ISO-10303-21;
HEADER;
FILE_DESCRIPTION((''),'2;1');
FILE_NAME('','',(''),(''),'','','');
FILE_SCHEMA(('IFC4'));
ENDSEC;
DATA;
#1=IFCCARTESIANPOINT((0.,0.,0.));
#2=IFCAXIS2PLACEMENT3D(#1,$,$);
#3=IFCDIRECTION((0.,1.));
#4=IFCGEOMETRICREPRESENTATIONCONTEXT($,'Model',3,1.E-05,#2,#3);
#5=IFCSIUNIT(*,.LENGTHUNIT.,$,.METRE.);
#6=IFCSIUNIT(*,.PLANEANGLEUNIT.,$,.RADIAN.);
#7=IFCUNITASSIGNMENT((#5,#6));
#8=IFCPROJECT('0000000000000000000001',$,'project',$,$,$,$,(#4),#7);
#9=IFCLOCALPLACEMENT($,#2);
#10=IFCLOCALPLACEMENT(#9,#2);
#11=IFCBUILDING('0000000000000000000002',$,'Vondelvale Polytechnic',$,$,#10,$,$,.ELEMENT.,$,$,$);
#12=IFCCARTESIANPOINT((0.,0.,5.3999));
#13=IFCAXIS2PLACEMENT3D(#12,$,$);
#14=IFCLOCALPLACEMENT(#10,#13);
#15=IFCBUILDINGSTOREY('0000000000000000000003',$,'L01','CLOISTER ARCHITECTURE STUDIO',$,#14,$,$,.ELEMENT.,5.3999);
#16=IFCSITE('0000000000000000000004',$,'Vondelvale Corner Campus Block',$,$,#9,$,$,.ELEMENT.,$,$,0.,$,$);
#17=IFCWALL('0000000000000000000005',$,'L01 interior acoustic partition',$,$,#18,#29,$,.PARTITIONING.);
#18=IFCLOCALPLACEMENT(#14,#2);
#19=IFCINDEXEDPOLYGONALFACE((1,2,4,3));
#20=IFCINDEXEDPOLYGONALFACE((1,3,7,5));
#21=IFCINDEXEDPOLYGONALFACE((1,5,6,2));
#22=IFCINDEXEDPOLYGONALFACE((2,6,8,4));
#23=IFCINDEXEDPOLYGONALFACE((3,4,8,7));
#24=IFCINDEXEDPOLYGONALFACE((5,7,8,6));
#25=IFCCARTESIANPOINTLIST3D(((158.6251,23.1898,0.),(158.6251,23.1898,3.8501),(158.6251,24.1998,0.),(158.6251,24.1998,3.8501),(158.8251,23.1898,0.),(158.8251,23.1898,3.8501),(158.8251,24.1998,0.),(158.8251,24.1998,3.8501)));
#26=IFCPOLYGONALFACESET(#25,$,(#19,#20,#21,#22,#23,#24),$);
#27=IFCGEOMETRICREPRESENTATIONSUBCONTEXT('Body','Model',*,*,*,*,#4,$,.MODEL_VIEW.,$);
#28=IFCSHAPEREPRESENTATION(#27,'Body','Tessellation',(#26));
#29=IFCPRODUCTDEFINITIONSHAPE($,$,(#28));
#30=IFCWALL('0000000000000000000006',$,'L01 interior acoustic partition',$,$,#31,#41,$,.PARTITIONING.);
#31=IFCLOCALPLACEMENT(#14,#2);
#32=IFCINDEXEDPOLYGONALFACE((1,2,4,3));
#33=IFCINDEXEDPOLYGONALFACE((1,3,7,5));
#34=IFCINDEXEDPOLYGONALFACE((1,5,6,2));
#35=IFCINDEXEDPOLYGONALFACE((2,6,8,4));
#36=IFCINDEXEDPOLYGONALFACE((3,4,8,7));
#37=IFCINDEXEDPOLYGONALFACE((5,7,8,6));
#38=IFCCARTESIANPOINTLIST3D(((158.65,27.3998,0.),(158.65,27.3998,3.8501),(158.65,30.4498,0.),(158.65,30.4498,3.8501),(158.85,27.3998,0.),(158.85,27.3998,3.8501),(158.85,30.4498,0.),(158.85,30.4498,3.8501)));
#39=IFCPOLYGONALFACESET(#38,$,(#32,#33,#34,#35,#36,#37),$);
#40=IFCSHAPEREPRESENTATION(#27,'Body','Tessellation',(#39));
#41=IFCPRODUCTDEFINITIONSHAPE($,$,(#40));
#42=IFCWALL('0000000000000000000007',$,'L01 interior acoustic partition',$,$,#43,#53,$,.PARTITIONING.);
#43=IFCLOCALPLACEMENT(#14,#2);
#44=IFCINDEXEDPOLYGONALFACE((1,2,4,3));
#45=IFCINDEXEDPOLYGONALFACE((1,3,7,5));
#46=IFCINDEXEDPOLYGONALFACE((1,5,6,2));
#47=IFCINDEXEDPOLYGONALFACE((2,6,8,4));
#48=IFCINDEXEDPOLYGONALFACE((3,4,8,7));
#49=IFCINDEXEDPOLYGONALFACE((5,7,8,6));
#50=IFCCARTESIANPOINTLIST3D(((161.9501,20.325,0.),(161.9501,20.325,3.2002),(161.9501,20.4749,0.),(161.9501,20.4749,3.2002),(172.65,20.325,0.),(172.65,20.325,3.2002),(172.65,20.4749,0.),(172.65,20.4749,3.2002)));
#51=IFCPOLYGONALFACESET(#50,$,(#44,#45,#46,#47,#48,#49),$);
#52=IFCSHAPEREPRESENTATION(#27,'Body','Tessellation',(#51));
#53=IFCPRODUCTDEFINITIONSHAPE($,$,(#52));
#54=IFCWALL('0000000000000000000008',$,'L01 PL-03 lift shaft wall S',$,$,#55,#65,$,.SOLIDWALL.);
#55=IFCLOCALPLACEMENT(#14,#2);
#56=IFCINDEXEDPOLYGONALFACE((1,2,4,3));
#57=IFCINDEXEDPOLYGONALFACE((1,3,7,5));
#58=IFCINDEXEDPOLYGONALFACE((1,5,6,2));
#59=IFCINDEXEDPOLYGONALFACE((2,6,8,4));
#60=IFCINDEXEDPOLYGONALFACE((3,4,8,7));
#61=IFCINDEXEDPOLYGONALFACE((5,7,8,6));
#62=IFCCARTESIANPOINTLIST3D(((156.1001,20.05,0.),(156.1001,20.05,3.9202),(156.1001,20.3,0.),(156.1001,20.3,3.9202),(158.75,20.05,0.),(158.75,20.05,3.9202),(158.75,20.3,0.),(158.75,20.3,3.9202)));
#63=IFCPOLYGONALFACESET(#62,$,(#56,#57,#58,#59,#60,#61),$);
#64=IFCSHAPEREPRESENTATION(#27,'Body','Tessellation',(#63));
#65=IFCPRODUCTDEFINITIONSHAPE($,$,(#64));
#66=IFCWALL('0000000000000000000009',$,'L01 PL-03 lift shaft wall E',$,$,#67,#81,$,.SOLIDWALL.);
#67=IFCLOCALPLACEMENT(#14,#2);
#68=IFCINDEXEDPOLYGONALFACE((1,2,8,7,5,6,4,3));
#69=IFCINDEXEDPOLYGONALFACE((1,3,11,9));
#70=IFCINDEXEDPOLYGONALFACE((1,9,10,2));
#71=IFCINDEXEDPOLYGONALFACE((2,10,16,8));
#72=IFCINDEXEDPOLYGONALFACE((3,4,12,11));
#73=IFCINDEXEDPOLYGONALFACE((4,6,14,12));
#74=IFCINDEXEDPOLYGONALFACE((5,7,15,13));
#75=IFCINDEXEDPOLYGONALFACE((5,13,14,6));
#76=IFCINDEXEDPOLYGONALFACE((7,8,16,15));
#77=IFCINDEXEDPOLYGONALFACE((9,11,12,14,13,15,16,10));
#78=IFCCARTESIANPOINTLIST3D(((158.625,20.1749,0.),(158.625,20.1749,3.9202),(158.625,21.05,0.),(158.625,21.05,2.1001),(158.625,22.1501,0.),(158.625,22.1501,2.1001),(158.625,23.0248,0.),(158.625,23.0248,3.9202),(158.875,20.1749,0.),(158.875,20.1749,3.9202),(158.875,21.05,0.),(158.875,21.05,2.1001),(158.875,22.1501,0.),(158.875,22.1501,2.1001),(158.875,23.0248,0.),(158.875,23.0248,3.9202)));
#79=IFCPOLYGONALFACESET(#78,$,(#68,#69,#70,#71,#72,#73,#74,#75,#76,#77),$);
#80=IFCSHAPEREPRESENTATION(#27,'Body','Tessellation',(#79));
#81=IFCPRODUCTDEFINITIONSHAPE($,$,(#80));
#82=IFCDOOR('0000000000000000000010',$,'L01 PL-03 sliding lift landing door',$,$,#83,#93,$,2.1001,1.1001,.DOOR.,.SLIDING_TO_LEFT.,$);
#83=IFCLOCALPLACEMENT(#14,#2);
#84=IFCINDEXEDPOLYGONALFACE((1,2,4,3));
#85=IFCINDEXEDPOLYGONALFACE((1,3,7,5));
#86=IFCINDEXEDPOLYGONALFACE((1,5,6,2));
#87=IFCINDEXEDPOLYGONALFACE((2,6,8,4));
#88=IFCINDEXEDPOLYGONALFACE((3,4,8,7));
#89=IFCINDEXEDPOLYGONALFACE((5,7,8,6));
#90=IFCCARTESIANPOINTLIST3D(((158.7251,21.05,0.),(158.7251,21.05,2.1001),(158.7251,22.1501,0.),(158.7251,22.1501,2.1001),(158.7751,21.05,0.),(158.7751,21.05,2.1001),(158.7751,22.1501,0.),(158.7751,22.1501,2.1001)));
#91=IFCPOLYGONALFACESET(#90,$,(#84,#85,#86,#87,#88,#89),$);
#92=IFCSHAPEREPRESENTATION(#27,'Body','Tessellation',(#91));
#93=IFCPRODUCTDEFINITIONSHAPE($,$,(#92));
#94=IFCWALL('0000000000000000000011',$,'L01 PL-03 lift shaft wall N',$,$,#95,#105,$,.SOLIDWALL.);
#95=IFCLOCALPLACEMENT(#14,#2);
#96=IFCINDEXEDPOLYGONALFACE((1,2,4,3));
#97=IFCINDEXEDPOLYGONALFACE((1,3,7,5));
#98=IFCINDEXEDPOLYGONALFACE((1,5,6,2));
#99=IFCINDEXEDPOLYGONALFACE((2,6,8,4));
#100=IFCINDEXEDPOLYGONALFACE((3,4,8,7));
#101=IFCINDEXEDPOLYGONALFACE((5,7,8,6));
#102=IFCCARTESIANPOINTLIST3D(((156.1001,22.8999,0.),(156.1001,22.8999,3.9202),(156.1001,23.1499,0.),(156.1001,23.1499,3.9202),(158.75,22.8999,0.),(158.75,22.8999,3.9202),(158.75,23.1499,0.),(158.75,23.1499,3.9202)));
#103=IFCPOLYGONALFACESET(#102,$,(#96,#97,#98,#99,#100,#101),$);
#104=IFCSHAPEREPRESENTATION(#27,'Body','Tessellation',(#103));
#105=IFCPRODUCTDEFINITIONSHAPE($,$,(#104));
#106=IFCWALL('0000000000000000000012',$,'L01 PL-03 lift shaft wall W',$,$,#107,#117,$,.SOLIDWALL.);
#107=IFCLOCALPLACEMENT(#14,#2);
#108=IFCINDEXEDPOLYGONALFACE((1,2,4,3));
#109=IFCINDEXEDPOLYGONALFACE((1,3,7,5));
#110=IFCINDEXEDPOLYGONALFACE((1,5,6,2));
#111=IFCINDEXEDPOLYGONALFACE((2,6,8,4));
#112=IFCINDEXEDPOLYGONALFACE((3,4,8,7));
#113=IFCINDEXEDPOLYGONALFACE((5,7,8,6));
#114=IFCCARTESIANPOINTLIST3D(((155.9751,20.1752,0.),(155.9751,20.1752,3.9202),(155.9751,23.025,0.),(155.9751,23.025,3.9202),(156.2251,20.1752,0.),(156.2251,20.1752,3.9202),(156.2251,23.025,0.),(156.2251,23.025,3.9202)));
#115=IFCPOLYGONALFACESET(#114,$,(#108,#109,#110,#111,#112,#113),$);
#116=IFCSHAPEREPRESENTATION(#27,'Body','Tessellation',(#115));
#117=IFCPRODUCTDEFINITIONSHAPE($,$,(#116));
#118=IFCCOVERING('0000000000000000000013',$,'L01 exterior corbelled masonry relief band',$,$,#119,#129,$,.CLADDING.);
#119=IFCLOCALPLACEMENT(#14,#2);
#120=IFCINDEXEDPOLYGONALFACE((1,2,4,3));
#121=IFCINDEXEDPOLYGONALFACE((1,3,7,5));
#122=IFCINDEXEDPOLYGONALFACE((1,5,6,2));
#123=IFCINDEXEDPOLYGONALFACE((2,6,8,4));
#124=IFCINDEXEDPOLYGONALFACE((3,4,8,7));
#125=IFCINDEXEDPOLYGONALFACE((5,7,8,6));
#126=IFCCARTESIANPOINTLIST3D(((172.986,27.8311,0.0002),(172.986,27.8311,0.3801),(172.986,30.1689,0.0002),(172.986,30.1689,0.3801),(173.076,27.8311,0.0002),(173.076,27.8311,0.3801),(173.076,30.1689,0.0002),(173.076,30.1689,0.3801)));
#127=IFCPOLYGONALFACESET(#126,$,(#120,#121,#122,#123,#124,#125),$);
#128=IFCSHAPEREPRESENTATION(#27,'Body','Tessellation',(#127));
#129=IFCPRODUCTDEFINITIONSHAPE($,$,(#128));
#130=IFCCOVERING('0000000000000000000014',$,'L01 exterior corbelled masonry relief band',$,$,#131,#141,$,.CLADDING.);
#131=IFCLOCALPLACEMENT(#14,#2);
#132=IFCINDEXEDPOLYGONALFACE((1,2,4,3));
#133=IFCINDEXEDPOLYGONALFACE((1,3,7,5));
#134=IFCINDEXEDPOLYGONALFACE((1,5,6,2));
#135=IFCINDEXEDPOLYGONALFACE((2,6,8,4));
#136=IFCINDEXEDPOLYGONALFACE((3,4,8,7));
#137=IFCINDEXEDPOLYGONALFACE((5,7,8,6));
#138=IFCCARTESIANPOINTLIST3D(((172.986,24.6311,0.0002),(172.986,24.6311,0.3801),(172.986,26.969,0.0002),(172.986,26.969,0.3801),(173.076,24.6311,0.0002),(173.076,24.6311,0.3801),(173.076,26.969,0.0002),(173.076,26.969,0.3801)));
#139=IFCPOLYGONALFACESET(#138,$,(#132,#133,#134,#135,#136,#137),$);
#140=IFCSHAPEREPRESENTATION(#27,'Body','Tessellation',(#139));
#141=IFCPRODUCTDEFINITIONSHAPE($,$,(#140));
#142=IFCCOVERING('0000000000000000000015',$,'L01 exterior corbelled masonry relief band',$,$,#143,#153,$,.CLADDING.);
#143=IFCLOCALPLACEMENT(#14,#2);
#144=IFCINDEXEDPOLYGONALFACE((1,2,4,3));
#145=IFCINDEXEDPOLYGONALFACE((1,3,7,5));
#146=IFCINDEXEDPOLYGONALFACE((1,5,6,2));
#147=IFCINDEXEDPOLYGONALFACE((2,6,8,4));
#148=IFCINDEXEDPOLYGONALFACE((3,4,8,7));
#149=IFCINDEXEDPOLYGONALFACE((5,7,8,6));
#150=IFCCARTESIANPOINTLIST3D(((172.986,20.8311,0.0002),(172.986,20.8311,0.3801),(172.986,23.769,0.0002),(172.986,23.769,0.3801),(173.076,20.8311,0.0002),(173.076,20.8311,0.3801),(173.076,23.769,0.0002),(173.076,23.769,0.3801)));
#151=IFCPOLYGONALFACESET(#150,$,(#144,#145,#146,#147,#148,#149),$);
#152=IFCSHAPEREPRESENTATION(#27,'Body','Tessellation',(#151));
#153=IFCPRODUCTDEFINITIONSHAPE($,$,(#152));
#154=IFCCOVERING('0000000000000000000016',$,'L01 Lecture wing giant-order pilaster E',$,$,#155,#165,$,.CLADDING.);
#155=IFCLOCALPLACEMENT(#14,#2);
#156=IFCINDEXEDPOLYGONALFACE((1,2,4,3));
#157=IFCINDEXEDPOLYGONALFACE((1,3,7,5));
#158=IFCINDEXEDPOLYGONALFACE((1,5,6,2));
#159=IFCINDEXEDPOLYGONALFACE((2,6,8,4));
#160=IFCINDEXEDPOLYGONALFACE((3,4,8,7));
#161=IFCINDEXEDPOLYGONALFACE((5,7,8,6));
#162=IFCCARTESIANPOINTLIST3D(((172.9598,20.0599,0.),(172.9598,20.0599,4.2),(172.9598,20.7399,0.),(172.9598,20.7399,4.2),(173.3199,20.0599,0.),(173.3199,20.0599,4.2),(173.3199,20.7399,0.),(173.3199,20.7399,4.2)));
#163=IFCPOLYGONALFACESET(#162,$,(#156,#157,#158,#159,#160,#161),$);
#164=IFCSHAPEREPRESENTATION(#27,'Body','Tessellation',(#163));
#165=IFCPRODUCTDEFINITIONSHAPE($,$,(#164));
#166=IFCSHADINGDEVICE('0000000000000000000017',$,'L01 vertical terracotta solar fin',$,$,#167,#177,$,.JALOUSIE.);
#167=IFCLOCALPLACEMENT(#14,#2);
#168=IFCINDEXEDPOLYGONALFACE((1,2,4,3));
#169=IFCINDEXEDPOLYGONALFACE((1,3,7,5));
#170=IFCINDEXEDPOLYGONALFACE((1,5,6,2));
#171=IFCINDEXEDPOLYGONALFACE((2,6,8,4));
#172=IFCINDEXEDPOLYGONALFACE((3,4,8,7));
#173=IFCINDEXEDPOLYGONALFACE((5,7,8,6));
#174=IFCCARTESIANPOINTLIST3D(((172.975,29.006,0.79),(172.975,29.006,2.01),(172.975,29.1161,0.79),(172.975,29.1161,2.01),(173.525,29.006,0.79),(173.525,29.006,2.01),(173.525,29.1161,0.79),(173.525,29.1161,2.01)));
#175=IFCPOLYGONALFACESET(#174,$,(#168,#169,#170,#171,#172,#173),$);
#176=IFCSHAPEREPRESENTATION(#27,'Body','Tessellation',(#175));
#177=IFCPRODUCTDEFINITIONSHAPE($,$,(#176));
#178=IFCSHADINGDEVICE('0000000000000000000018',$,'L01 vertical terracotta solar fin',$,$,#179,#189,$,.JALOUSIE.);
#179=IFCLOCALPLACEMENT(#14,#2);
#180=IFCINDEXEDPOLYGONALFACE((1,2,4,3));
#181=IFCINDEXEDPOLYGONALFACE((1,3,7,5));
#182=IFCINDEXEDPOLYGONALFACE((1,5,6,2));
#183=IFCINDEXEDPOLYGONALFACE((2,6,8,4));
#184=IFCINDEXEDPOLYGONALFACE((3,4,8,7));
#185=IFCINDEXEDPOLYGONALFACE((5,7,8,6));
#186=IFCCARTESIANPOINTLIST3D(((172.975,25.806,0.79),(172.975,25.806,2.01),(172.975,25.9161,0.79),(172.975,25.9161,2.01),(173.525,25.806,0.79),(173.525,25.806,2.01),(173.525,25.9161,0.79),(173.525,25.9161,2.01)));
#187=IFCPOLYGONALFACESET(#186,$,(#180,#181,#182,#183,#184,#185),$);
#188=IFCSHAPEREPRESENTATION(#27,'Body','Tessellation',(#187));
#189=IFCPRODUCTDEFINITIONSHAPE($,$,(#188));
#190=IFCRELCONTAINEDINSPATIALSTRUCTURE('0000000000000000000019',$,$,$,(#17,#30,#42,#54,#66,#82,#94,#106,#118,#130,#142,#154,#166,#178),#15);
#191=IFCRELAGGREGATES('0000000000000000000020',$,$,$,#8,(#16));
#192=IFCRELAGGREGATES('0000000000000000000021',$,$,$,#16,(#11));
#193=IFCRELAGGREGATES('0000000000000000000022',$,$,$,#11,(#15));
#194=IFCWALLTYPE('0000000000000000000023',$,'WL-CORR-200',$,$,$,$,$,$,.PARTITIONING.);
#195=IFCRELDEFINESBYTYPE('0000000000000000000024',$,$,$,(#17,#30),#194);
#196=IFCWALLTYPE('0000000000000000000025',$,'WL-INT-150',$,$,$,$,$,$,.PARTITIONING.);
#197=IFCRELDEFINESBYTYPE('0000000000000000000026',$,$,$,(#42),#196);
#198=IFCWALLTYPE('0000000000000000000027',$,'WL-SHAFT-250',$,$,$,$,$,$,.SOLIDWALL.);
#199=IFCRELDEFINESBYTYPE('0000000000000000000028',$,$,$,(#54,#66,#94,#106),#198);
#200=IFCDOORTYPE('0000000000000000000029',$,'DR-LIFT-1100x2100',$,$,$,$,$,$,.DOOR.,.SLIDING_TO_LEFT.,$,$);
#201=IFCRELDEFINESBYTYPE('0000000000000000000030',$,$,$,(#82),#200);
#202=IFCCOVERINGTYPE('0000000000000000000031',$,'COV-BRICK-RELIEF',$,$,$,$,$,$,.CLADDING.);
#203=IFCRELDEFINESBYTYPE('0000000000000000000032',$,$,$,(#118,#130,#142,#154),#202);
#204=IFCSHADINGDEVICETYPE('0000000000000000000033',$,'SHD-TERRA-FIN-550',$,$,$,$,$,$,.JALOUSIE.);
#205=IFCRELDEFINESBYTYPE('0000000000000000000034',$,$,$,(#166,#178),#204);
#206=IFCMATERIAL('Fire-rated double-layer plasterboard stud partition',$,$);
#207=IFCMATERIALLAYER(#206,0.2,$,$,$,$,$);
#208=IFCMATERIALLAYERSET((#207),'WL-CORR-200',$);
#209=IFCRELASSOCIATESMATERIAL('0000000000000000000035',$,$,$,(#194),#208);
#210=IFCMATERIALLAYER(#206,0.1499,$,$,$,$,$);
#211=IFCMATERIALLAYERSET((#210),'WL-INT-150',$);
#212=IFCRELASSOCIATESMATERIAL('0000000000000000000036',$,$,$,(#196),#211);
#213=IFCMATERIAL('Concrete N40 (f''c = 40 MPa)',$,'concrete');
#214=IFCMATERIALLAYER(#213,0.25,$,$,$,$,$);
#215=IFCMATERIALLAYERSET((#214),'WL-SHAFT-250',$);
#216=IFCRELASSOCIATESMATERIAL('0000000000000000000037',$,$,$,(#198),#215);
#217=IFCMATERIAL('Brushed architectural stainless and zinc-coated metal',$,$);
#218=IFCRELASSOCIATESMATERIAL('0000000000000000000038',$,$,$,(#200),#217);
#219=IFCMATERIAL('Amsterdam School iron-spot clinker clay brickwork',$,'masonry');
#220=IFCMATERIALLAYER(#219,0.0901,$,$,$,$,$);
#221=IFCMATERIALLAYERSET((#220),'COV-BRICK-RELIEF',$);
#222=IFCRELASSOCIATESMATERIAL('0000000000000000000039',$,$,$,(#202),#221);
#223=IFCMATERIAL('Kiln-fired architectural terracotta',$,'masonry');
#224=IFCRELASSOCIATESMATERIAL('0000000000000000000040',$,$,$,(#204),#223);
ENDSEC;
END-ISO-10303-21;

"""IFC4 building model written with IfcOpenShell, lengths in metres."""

from ifc_helpers import new_model, si_unit, direction, frame, frame_2d, origin, origin_2d, place, context, subcontext, project, spatial, rectangle, extrude, material, layer, layer_set, type_object, element, fill, save


model = new_model("IFC4")

# Units and contexts
model_context = context("Model", 3, precision=1e-05, world=origin(), true_north=direction((0.0, 1.0)))
body_context = subcontext(model_context, "Body", "Model", "MODEL_VIEW")
ifc_project = project(units=[si_unit("LENGTHUNIT", "METRE"), si_unit("PLANEANGLEUNIT", "RADIAN")], contexts=[model_context])

# Site, building, storey
site_placement = place(None, origin())
site = spatial("IfcSite", under=ifc_project, at=site_placement, Name="Vondelvale Corner Campus Block", CompositionType="ELEMENT", RefElevation=0.0)
building_placement = place(site_placement, origin())
building = spatial("IfcBuilding", under=site, at=building_placement, Name="Vondelvale Polytechnic", CompositionType="ELEMENT")
storey_placement = place(building_placement, frame((0.0, 0.0, 5.3999)))
storey = spatial("IfcBuildingStorey", under=building, at=storey_placement, Name="L01", Description="CLOISTER ARCHITECTURE STUDIO", CompositionType="ELEMENT", Elevation=5.3999)

# Shared definitions
ifc_material_1 = material(Name="Concrete N40 (f'c = 40 MPa)", Category="concrete")

# Shared definitions
ifc_material_2 = material(Name="Amsterdam School iron-spot clinker clay brickwork", Category="masonry")

# Walls
ifc_material_3 = material(Name="Fire-rated double-layer plasterboard stud partition")
ifc_layer_1 = layer(ifc_material_3, 0.2)
ifc_layer_set_1 = layer_set([ifc_layer_1], Name="WL-CORR-200")
wall_type_1 = type_object("IfcWallType", Name="WL-CORR-200", PredefinedType="PARTITIONING", material=ifc_layer_set_1)
wall_1_placement = place(storey_placement, frame((158.7251, 23.1899, 0.0), z_axis=(0.0, 0.0, 1.0), x_axis=(0.0, 1.0, 0.0)))
element("IfcWall", 1, at=wall_1_placement, inside=storey, type_object=wall_type_1, Name="L01 interior acoustic partition", PredefinedType="PARTITIONING", context=body_context, shape_type="SweptSolid", body=[
    extrude(rectangle(XDim=1.01, YDim=0.2, at=frame_2d((0.5049, 0.0))), origin(), (0.0, 0.0, 1.0), 3.8501),
])
wall_2_placement = place(storey_placement, frame((158.75, 27.3999, 0.0), z_axis=(0.0, 0.0, 1.0), x_axis=(0.0, 1.0, 0.0)))
element("IfcWall", 2, at=wall_2_placement, inside=storey, type_object=wall_type_1, Name="L01 interior acoustic partition", PredefinedType="PARTITIONING", context=body_context, shape_type="SweptSolid", body=[
    extrude(rectangle(XDim=3.05, YDim=0.2, at=frame_2d((1.5249, 0.0))), origin(), (0.0, 0.0, 1.0), 3.8501),
])
ifc_layer_2 = layer(ifc_material_3, 0.1499)
ifc_layer_set_2 = layer_set([ifc_layer_2], Name="WL-INT-150")
wall_type_2 = type_object("IfcWallType", Name="WL-INT-150", PredefinedType="PARTITIONING", material=ifc_layer_set_2)
wall_3_placement = place(storey_placement, frame((161.95, 20.3999, 0.0), z_axis=(0.0, 0.0, 1.0), x_axis=(1.0, 0.0, 0.0)))
element("IfcWall", 3, at=wall_3_placement, inside=storey, type_object=wall_type_2, Name="L01 interior acoustic partition", PredefinedType="PARTITIONING", context=body_context, shape_type="SweptSolid", body=[
    extrude(rectangle(XDim=10.7, YDim=0.1499, at=frame_2d((5.3501, 0.0))), origin(), (0.0, 0.0, 1.0), 3.2002),
])
ifc_layer_3 = layer(ifc_material_1, 0.25)
ifc_layer_set_3 = layer_set([ifc_layer_3], Name="WL-SHAFT-250")
wall_type_3 = type_object("IfcWallType", Name="WL-SHAFT-250", PredefinedType="SOLIDWALL", material=ifc_layer_set_3)
wall_4_placement = place(storey_placement, frame((156.1001, 20.175, 0.0), z_axis=(0.0, 0.0, 1.0), x_axis=(1.0, 0.0, 0.0)))
element("IfcWall", 4, at=wall_4_placement, inside=storey, type_object=wall_type_3, Name="L01 PL-03 lift shaft wall S", PredefinedType="SOLIDWALL", context=body_context, shape_type="SweptSolid", body=[
    extrude(rectangle(XDim=2.6499, YDim=0.25, at=frame_2d((1.325, 0.0))), origin(), (0.0, 0.0, 1.0), 3.9202),
])

# Wall, opening, door
wall_5_placement = place(storey_placement, frame((158.75, 20.175, 0.0), z_axis=(0.0, 0.0, 1.0), x_axis=(0.0, 1.0, 0.0)))
wall_5 = element("IfcWall", 5, at=wall_5_placement, inside=storey, type_object=wall_type_3, Name="L01 PL-03 lift shaft wall E", PredefinedType="SOLIDWALL", context=body_context, shape_type="SweptSolid", body=[
    extrude(rectangle(XDim=2.8499, YDim=0.25, at=frame_2d((1.4248, 0.0))), origin(), (0.0, 0.0, 1.0), 3.9202),
])
opening_1_placement = place(wall_5_placement, frame((0.875, 0.0, 0.0)))
opening_1 = element("IfcOpeningElement", 6, at=opening_1_placement, cuts=wall_5, PredefinedType="OPENING", context=body_context, shape_type="SweptSolid", body=[
    extrude(rectangle(XDim=1.1001, YDim=2.1001, at=frame_2d((0.55, 1.05))), frame((0.0, 0.135, 0.0), z_axis=(0.0, -1.0, 0.0), x_axis=(1.0, 0.0, 0.0)), (0.0, 0.0, 1.0), 0.27),
])
ifc_material_4 = material(Name="Brushed architectural stainless and zinc-coated metal")
door_type = type_object("IfcDoorType", Name="DR-LIFT-1100x2100", OperationType="SLIDING_TO_LEFT", PredefinedType="DOOR", material=ifc_material_4)
door_placement = place(opening_1_placement, origin())
door = element("IfcDoor", 7, at=door_placement, inside=storey, type_object=door_type, Name="L01 PL-03 sliding lift landing door", OperationType="SLIDING_TO_LEFT", OverallHeight=2.1001, OverallWidth=1.1001, PredefinedType="DOOR", context=body_context, shape_type="SweptSolid", body=[
    extrude(rectangle(XDim=1.1001, YDim=2.1001, at=frame_2d((0.55, 1.05))), frame((0.0, 0.0249, 0.0), z_axis=(0.0, -1.0, 0.0), x_axis=(1.0, 0.0, 0.0)), (0.0, 0.0, 1.0), 0.05),
])
fill(opening_1, door)

# Walls
wall_6_placement = place(storey_placement, frame((158.75, 23.0249, 0.0), z_axis=(0.0, 0.0, 1.0), x_axis=(-1.0, 0.0, 0.0)))
element("IfcWall", 8, at=wall_6_placement, inside=storey, type_object=wall_type_3, Name="L01 PL-03 lift shaft wall N", PredefinedType="SOLIDWALL", context=body_context, shape_type="SweptSolid", body=[
    extrude(rectangle(XDim=2.6499, YDim=0.25, at=frame_2d((1.325, 0.0))), origin(), (0.0, 0.0, 1.0), 3.9202),
])
wall_7_placement = place(storey_placement, frame((156.1001, 23.0249, 0.0), z_axis=(0.0, 0.0, 1.0), x_axis=(0.0, -1.0, 0.0)))
element("IfcWall", 9, at=wall_7_placement, inside=storey, type_object=wall_type_3, Name="L01 PL-03 lift shaft wall W", PredefinedType="SOLIDWALL", context=body_context, shape_type="SweptSolid", body=[
    extrude(rectangle(XDim=2.8499, YDim=0.25, at=frame_2d((1.4248, 0.0))), origin(), (0.0, 0.0, 1.0), 3.9202),
])

# Coverings
ifc_layer_4 = layer(ifc_material_2, 0.0901)
ifc_layer_set_4 = layer_set([ifc_layer_4], Name="COV-BRICK-RELIEF")
covering_type = type_object("IfcCoveringType", Name="COV-BRICK-RELIEF", PredefinedType="CLADDING", material=ifc_layer_set_4)
for number, where, z_axis, x_axis, name in (
    (10, (173.031, 29.0, 0.0002), (0.0, 0.0, 1.0), (0.0, -1.0, 0.0), "L01 exterior corbelled masonry relief band"),
    (11, (173.031, 25.8, 0.0002), (0.0, 0.0, 1.0), (0.0, -1.0, 0.0), "L01 exterior corbelled masonry relief band"),
):
    element("IfcCovering", number, at=place(storey_placement, frame(where, z_axis=z_axis, x_axis=x_axis)), inside=storey, type_object=covering_type, Name=name, PredefinedType="CLADDING", context=body_context, shape_type="SweptSolid", body=[
        extrude(rectangle(XDim=2.3379, YDim=0.0901, at=origin_2d()), origin(), (0.0, 0.0, 1.0), 0.3799),
    ])
covering_1_placement = place(storey_placement, frame((173.031, 22.3, 0.0002), z_axis=(0.0, 0.0, 1.0), x_axis=(0.0, -1.0, 0.0)))
element("IfcCovering", 12, at=covering_1_placement, inside=storey, type_object=covering_type, Name="L01 exterior corbelled masonry relief band", PredefinedType="CLADDING", context=body_context, shape_type="SweptSolid", body=[
    extrude(rectangle(XDim=2.938, YDim=0.0901, at=origin_2d()), origin(), (0.0, 0.0, 1.0), 0.3799),
])
covering_2_placement = place(storey_placement, frame((173.1399, 20.3999, 0.0), z_axis=(0.0, 0.0, 1.0), x_axis=(1.0, 0.0, 0.0)))
element("IfcCovering", 13, at=covering_2_placement, inside=storey, type_object=covering_type, Name="L01 Lecture wing giant-order pilaster E", PredefinedType="CLADDING", context=body_context, shape_type="SweptSolid", body=[
    extrude(rectangle(XDim=0.3601, YDim=0.6799, at=origin_2d()), origin(), (0.0, 0.0, 1.0), 4.2),
])

# Shading devices
ifc_material_5 = material(Name="Kiln-fired architectural terracotta", Category="masonry")
shading_device_type = type_object("IfcShadingDeviceType", Name="SHD-TERRA-FIN-550", PredefinedType="JALOUSIE", material=ifc_material_5)
for number, where, z_axis, x_axis, name in (
    (14, (173.25, 29.061, 0.79), (0.0, 0.0, 1.0), (0.0, -1.0, 0.0), "L01 vertical terracotta solar fin"),
    (15, (173.25, 25.8611, 0.79), (0.0, 0.0, 1.0), (0.0, -1.0, 0.0), "L01 vertical terracotta solar fin"),
):
    element("IfcShadingDevice", number, at=place(storey_placement, frame(where, z_axis=z_axis, x_axis=x_axis)), inside=storey, type_object=shading_device_type, Name=name, PredefinedType="JALOUSIE", context=body_context, shape_type="SweptSolid", body=[
        extrude(rectangle(XDim=0.1101, YDim=0.55, at=origin_2d()), origin(), (0.0, 0.0, 1.0), 1.22),
    ])

save(model, "model.ifc")
